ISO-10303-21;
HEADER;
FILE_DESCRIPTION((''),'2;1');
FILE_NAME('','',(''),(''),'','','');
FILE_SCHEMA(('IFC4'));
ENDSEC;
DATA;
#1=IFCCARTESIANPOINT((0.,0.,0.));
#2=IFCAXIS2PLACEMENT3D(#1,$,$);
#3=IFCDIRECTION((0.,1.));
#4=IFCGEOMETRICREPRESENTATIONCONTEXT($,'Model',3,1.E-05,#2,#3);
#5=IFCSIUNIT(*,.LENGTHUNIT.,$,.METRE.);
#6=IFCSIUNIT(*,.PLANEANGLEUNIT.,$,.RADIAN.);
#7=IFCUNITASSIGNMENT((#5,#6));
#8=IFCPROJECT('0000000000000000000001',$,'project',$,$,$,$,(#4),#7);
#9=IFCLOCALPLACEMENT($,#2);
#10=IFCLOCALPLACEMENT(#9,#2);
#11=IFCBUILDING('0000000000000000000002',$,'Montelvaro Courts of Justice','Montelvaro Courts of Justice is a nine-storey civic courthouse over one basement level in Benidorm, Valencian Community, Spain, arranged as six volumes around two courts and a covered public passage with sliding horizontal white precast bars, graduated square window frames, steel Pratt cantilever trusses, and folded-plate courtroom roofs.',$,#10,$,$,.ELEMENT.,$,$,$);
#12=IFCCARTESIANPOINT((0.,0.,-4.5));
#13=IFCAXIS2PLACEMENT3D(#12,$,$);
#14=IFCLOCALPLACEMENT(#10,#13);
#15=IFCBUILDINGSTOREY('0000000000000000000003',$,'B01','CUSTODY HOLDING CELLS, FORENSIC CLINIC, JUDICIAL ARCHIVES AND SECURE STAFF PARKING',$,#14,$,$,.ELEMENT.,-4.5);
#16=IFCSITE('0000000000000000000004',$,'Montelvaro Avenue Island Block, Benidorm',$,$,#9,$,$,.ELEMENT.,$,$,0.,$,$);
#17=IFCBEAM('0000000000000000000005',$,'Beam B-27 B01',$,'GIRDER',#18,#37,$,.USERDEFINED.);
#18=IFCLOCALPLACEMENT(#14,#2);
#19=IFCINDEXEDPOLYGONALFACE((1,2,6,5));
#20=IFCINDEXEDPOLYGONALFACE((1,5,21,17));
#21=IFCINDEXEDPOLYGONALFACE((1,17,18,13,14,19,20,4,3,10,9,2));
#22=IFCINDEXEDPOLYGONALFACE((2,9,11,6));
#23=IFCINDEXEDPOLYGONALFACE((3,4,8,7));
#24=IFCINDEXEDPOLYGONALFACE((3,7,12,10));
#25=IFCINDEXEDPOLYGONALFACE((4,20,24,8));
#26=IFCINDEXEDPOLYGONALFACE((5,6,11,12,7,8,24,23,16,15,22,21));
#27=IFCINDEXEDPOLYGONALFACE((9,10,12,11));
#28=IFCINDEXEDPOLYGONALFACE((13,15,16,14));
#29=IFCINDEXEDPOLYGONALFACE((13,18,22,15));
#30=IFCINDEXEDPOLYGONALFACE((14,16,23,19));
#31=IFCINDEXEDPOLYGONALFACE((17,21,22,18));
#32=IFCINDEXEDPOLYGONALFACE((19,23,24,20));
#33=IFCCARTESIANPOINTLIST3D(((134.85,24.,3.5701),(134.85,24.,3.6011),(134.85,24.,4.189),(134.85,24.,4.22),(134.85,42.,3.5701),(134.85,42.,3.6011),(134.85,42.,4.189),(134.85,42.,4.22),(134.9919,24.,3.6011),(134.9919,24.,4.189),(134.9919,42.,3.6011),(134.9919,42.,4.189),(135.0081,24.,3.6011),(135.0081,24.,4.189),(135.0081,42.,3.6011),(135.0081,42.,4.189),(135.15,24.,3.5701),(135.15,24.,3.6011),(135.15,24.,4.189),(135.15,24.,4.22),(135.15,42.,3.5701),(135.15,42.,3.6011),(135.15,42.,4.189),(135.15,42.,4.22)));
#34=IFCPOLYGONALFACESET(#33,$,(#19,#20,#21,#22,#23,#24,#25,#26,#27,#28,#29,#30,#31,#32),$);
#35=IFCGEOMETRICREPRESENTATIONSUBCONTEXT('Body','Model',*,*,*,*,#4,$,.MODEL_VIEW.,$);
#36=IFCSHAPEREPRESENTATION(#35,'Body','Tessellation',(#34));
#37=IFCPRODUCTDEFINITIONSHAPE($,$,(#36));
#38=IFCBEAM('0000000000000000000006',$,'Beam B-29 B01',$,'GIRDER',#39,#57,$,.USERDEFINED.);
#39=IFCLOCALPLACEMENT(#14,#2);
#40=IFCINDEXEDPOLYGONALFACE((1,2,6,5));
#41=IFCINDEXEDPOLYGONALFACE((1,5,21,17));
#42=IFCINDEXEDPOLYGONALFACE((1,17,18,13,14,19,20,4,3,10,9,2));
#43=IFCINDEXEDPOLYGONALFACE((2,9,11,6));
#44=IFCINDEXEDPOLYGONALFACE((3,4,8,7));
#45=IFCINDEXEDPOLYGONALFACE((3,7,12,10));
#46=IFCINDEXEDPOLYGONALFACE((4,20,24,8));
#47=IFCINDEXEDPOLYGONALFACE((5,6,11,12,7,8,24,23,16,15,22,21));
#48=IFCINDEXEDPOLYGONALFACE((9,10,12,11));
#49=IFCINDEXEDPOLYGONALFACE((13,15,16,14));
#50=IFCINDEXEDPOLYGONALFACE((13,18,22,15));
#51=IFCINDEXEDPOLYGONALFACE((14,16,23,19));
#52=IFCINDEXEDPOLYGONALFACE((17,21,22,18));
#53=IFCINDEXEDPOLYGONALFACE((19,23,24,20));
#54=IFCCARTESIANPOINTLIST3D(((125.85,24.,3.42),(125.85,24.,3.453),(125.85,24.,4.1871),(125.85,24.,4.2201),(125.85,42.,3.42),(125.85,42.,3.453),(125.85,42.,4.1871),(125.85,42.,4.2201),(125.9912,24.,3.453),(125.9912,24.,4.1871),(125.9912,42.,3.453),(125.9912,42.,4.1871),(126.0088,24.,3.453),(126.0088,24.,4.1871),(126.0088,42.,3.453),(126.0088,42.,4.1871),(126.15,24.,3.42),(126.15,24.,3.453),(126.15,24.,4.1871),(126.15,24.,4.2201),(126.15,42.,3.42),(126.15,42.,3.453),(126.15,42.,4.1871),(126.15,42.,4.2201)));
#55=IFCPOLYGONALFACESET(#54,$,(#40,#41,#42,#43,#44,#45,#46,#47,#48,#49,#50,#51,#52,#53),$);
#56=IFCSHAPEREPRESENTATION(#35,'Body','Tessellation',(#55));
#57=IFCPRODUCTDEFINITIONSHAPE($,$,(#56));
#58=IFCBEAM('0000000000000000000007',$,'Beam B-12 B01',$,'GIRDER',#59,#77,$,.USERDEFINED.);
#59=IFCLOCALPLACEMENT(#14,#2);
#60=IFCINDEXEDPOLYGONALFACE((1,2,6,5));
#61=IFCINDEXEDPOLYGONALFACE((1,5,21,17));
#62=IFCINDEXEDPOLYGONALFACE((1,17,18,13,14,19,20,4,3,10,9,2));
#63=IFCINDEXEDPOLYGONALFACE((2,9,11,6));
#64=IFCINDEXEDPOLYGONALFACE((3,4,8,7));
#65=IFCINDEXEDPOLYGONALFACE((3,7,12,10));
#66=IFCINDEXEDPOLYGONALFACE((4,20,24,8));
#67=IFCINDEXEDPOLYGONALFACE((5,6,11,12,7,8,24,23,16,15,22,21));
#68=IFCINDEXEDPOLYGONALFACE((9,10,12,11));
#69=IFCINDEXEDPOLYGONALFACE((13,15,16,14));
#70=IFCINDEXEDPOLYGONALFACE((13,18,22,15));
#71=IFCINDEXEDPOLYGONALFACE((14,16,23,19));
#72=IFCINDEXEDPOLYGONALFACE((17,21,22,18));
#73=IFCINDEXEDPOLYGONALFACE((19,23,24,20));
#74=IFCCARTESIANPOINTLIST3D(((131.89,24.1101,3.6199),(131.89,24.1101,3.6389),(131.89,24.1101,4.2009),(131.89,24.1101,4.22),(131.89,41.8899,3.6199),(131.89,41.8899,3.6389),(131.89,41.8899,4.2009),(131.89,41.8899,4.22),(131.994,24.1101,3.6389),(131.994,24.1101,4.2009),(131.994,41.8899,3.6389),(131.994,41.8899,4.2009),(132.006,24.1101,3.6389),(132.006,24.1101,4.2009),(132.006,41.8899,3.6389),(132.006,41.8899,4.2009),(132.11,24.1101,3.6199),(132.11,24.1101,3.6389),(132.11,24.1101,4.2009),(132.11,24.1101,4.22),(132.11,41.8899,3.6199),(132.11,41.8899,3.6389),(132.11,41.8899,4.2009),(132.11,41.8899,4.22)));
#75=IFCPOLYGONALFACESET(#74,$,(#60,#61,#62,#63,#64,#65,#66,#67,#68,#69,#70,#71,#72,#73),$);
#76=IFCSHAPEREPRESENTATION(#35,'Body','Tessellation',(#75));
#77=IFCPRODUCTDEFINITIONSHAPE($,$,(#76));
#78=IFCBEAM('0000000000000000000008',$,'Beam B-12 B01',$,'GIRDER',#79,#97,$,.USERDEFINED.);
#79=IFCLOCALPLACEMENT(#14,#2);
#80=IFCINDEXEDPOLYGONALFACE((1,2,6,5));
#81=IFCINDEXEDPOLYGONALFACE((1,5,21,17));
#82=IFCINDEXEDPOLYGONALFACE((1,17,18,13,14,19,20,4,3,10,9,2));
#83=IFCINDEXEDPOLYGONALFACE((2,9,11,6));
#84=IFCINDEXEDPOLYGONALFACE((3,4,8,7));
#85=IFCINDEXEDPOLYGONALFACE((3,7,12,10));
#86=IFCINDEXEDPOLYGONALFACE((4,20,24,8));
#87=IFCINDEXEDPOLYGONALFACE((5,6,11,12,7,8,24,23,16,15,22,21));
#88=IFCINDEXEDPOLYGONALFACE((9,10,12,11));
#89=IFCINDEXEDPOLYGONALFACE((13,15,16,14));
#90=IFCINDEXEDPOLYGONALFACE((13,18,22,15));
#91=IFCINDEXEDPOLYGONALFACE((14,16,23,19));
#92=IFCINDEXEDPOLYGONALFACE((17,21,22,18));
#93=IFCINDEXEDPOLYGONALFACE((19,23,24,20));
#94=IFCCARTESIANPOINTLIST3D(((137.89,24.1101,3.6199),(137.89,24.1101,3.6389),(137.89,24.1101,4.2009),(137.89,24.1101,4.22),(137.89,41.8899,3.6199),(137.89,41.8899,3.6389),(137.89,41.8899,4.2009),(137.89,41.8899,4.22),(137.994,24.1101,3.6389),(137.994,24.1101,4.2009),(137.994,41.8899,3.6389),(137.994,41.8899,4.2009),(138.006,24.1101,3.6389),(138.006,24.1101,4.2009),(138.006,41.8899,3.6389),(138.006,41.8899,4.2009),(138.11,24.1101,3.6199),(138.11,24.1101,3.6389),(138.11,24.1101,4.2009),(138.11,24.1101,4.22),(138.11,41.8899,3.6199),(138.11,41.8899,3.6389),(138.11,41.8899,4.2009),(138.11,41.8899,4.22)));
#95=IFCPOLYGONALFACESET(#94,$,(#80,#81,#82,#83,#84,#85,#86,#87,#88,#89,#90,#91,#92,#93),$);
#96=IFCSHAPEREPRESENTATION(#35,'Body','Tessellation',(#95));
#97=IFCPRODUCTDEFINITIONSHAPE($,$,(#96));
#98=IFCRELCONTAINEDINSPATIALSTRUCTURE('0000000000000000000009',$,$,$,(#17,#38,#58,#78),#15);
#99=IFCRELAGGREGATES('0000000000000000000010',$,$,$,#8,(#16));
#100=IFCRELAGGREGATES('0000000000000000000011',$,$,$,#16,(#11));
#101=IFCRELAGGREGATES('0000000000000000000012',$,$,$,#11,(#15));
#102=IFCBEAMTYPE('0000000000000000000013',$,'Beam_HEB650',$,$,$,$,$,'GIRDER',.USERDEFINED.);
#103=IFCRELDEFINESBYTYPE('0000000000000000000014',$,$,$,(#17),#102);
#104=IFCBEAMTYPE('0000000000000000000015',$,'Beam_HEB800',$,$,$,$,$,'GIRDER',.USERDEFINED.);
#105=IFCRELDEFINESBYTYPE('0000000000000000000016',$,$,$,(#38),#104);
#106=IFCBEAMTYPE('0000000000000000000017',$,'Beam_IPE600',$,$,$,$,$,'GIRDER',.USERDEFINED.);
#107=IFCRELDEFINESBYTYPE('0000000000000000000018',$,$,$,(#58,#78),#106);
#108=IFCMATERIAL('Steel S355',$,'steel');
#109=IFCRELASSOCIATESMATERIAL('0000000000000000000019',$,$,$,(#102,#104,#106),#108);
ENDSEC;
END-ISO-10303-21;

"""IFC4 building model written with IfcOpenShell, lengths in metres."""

from ifc_helpers import new_model, si_unit, direction, frame, origin, origin_2d, place, context, subcontext, project, spatial, i_section, extrude, material, material_profile, profile_set, type_object, element, save


model = new_model("IFC4")

# Units and contexts
model_context = context("Model", 3, precision=1e-05, world=origin(), true_north=direction((0.0, 1.0)))
body_context = subcontext(model_context, "Body", "Model", "MODEL_VIEW")
ifc_project = project(units=[si_unit("LENGTHUNIT", "METRE"), si_unit("PLANEANGLEUNIT", "RADIAN")], contexts=[model_context])

# Site, building, storey
site_placement = place(None, origin())
site = spatial("IfcSite", under=ifc_project, at=site_placement, Name="Montelvaro Avenue Island Block, Benidorm", CompositionType="ELEMENT", RefElevation=0.0)
building_placement = place(site_placement, origin())
building = spatial("IfcBuilding", under=site, at=building_placement, Name="Montelvaro Courts of Justice", Description="Montelvaro Courts of Justice is a nine-storey civic courthouse over one basement level in Benidorm, Valencian Community, Spain, arranged as six volumes around two courts and a covered public passage with sliding horizontal white precast bars, graduated square window frames, steel Pratt cantilever trusses, and folded-plate courtroom roofs.", CompositionType="ELEMENT")
storey_placement = place(building_placement, frame((0.0, 0.0, -4.5)))
storey = spatial("IfcBuildingStorey", under=building, at=storey_placement, Name="B01", Description="CUSTODY HOLDING CELLS, FORENSIC CLINIC, JUDICIAL ARCHIVES AND SECURE STAFF PARKING", CompositionType="ELEMENT", Elevation=-4.5)

# Beams
ifc_material_1 = material(Name="Steel S355", Category="steel")
ifc_material_profile_1 = material_profile(ifc_material_1, i_section(OverallWidth=0.3, OverallDepth=0.6499, WebThickness=0.0161, FlangeThickness=0.031, at=origin_2d()), Name="HEB 650")
ifc_profile_set_1 = profile_set([ifc_material_profile_1], Name="Steel S355")
beam_type_1 = type_object("IfcBeamType", Name="Beam_HEB650", ElementType="GIRDER", PredefinedType="USERDEFINED", material=ifc_profile_set_1)
beam_1_placement = place(storey_placement, frame((135.0, 24.0, 3.895), z_axis=(0.0, 1.0, 0.0), x_axis=(-1.0, 0.0, 0.0)))
element("IfcBeam", 1, at=beam_1_placement, inside=storey, type_object=beam_type_1, Name="Beam B-27 B01", ObjectType="GIRDER", PredefinedType="USERDEFINED", context=body_context, shape_type="SweptSolid", body=[
    extrude(i_section(OverallWidth=0.3, OverallDepth=0.6499, WebThickness=0.0161, FlangeThickness=0.031, at=origin_2d()), origin(), (0.0, 0.0, 1.0), 18.0),
])
ifc_material_profile_2 = material_profile(ifc_material_1, i_section(OverallWidth=0.3, OverallDepth=0.8, WebThickness=0.0176, FlangeThickness=0.033, at=origin_2d()), Name="HEB 800")
ifc_profile_set_2 = profile_set([ifc_material_profile_2], Name="Steel S355")
beam_type_2 = type_object("IfcBeamType", Name="Beam_HEB800", ElementType="GIRDER", PredefinedType="USERDEFINED", material=ifc_profile_set_2)
beam_2_placement = place(storey_placement, frame((126.0, 24.0, 3.8201), z_axis=(0.0, 1.0, 0.0), x_axis=(-1.0, 0.0, 0.0)))
element("IfcBeam", 2, at=beam_2_placement, inside=storey, type_object=beam_type_2, Name="Beam B-29 B01", ObjectType="GIRDER", PredefinedType="USERDEFINED", context=body_context, shape_type="SweptSolid", body=[
    extrude(i_section(OverallWidth=0.3, OverallDepth=0.8, WebThickness=0.0176, FlangeThickness=0.033, at=origin_2d()), origin(), (0.0, 0.0, 1.0), 18.0),
])
ifc_material_profile_3 = material_profile(ifc_material_1, i_section(OverallWidth=0.22, OverallDepth=0.6001, WebThickness=0.012, FlangeThickness=0.019, at=origin_2d()), Name="IPE 600")
ifc_profile_set_3 = profile_set([ifc_material_profile_3], Name="Steel S355")
beam_type_3 = type_object("IfcBeamType", Name="Beam_IPE600", ElementType="GIRDER", PredefinedType="USERDEFINED", material=ifc_profile_set_3)
for number, where, z_axis, x_axis, name in (
    (3, (132.0, 24.1101, 3.9199), (0.0, 1.0, 0.0), (-1.0, 0.0, 0.0), "Beam B-12 B01"),
    (4, (138.0, 24.1101, 3.9199), (0.0, 1.0, 0.0), (-1.0, 0.0, 0.0), "Beam B-12 B01"),
):
    element("IfcBeam", number, at=place(storey_placement, frame(where, z_axis=z_axis, x_axis=x_axis)), inside=storey, type_object=beam_type_3, Name=name, ObjectType="GIRDER", PredefinedType="USERDEFINED", context=body_context, shape_type="SweptSolid", body=[
        extrude(i_section(OverallWidth=0.22, OverallDepth=0.6001, WebThickness=0.012, FlangeThickness=0.019, at=origin_2d()), origin(), (0.0, 0.0, 1.0), 17.7798),
    ])

save(model, "model.ifc")
